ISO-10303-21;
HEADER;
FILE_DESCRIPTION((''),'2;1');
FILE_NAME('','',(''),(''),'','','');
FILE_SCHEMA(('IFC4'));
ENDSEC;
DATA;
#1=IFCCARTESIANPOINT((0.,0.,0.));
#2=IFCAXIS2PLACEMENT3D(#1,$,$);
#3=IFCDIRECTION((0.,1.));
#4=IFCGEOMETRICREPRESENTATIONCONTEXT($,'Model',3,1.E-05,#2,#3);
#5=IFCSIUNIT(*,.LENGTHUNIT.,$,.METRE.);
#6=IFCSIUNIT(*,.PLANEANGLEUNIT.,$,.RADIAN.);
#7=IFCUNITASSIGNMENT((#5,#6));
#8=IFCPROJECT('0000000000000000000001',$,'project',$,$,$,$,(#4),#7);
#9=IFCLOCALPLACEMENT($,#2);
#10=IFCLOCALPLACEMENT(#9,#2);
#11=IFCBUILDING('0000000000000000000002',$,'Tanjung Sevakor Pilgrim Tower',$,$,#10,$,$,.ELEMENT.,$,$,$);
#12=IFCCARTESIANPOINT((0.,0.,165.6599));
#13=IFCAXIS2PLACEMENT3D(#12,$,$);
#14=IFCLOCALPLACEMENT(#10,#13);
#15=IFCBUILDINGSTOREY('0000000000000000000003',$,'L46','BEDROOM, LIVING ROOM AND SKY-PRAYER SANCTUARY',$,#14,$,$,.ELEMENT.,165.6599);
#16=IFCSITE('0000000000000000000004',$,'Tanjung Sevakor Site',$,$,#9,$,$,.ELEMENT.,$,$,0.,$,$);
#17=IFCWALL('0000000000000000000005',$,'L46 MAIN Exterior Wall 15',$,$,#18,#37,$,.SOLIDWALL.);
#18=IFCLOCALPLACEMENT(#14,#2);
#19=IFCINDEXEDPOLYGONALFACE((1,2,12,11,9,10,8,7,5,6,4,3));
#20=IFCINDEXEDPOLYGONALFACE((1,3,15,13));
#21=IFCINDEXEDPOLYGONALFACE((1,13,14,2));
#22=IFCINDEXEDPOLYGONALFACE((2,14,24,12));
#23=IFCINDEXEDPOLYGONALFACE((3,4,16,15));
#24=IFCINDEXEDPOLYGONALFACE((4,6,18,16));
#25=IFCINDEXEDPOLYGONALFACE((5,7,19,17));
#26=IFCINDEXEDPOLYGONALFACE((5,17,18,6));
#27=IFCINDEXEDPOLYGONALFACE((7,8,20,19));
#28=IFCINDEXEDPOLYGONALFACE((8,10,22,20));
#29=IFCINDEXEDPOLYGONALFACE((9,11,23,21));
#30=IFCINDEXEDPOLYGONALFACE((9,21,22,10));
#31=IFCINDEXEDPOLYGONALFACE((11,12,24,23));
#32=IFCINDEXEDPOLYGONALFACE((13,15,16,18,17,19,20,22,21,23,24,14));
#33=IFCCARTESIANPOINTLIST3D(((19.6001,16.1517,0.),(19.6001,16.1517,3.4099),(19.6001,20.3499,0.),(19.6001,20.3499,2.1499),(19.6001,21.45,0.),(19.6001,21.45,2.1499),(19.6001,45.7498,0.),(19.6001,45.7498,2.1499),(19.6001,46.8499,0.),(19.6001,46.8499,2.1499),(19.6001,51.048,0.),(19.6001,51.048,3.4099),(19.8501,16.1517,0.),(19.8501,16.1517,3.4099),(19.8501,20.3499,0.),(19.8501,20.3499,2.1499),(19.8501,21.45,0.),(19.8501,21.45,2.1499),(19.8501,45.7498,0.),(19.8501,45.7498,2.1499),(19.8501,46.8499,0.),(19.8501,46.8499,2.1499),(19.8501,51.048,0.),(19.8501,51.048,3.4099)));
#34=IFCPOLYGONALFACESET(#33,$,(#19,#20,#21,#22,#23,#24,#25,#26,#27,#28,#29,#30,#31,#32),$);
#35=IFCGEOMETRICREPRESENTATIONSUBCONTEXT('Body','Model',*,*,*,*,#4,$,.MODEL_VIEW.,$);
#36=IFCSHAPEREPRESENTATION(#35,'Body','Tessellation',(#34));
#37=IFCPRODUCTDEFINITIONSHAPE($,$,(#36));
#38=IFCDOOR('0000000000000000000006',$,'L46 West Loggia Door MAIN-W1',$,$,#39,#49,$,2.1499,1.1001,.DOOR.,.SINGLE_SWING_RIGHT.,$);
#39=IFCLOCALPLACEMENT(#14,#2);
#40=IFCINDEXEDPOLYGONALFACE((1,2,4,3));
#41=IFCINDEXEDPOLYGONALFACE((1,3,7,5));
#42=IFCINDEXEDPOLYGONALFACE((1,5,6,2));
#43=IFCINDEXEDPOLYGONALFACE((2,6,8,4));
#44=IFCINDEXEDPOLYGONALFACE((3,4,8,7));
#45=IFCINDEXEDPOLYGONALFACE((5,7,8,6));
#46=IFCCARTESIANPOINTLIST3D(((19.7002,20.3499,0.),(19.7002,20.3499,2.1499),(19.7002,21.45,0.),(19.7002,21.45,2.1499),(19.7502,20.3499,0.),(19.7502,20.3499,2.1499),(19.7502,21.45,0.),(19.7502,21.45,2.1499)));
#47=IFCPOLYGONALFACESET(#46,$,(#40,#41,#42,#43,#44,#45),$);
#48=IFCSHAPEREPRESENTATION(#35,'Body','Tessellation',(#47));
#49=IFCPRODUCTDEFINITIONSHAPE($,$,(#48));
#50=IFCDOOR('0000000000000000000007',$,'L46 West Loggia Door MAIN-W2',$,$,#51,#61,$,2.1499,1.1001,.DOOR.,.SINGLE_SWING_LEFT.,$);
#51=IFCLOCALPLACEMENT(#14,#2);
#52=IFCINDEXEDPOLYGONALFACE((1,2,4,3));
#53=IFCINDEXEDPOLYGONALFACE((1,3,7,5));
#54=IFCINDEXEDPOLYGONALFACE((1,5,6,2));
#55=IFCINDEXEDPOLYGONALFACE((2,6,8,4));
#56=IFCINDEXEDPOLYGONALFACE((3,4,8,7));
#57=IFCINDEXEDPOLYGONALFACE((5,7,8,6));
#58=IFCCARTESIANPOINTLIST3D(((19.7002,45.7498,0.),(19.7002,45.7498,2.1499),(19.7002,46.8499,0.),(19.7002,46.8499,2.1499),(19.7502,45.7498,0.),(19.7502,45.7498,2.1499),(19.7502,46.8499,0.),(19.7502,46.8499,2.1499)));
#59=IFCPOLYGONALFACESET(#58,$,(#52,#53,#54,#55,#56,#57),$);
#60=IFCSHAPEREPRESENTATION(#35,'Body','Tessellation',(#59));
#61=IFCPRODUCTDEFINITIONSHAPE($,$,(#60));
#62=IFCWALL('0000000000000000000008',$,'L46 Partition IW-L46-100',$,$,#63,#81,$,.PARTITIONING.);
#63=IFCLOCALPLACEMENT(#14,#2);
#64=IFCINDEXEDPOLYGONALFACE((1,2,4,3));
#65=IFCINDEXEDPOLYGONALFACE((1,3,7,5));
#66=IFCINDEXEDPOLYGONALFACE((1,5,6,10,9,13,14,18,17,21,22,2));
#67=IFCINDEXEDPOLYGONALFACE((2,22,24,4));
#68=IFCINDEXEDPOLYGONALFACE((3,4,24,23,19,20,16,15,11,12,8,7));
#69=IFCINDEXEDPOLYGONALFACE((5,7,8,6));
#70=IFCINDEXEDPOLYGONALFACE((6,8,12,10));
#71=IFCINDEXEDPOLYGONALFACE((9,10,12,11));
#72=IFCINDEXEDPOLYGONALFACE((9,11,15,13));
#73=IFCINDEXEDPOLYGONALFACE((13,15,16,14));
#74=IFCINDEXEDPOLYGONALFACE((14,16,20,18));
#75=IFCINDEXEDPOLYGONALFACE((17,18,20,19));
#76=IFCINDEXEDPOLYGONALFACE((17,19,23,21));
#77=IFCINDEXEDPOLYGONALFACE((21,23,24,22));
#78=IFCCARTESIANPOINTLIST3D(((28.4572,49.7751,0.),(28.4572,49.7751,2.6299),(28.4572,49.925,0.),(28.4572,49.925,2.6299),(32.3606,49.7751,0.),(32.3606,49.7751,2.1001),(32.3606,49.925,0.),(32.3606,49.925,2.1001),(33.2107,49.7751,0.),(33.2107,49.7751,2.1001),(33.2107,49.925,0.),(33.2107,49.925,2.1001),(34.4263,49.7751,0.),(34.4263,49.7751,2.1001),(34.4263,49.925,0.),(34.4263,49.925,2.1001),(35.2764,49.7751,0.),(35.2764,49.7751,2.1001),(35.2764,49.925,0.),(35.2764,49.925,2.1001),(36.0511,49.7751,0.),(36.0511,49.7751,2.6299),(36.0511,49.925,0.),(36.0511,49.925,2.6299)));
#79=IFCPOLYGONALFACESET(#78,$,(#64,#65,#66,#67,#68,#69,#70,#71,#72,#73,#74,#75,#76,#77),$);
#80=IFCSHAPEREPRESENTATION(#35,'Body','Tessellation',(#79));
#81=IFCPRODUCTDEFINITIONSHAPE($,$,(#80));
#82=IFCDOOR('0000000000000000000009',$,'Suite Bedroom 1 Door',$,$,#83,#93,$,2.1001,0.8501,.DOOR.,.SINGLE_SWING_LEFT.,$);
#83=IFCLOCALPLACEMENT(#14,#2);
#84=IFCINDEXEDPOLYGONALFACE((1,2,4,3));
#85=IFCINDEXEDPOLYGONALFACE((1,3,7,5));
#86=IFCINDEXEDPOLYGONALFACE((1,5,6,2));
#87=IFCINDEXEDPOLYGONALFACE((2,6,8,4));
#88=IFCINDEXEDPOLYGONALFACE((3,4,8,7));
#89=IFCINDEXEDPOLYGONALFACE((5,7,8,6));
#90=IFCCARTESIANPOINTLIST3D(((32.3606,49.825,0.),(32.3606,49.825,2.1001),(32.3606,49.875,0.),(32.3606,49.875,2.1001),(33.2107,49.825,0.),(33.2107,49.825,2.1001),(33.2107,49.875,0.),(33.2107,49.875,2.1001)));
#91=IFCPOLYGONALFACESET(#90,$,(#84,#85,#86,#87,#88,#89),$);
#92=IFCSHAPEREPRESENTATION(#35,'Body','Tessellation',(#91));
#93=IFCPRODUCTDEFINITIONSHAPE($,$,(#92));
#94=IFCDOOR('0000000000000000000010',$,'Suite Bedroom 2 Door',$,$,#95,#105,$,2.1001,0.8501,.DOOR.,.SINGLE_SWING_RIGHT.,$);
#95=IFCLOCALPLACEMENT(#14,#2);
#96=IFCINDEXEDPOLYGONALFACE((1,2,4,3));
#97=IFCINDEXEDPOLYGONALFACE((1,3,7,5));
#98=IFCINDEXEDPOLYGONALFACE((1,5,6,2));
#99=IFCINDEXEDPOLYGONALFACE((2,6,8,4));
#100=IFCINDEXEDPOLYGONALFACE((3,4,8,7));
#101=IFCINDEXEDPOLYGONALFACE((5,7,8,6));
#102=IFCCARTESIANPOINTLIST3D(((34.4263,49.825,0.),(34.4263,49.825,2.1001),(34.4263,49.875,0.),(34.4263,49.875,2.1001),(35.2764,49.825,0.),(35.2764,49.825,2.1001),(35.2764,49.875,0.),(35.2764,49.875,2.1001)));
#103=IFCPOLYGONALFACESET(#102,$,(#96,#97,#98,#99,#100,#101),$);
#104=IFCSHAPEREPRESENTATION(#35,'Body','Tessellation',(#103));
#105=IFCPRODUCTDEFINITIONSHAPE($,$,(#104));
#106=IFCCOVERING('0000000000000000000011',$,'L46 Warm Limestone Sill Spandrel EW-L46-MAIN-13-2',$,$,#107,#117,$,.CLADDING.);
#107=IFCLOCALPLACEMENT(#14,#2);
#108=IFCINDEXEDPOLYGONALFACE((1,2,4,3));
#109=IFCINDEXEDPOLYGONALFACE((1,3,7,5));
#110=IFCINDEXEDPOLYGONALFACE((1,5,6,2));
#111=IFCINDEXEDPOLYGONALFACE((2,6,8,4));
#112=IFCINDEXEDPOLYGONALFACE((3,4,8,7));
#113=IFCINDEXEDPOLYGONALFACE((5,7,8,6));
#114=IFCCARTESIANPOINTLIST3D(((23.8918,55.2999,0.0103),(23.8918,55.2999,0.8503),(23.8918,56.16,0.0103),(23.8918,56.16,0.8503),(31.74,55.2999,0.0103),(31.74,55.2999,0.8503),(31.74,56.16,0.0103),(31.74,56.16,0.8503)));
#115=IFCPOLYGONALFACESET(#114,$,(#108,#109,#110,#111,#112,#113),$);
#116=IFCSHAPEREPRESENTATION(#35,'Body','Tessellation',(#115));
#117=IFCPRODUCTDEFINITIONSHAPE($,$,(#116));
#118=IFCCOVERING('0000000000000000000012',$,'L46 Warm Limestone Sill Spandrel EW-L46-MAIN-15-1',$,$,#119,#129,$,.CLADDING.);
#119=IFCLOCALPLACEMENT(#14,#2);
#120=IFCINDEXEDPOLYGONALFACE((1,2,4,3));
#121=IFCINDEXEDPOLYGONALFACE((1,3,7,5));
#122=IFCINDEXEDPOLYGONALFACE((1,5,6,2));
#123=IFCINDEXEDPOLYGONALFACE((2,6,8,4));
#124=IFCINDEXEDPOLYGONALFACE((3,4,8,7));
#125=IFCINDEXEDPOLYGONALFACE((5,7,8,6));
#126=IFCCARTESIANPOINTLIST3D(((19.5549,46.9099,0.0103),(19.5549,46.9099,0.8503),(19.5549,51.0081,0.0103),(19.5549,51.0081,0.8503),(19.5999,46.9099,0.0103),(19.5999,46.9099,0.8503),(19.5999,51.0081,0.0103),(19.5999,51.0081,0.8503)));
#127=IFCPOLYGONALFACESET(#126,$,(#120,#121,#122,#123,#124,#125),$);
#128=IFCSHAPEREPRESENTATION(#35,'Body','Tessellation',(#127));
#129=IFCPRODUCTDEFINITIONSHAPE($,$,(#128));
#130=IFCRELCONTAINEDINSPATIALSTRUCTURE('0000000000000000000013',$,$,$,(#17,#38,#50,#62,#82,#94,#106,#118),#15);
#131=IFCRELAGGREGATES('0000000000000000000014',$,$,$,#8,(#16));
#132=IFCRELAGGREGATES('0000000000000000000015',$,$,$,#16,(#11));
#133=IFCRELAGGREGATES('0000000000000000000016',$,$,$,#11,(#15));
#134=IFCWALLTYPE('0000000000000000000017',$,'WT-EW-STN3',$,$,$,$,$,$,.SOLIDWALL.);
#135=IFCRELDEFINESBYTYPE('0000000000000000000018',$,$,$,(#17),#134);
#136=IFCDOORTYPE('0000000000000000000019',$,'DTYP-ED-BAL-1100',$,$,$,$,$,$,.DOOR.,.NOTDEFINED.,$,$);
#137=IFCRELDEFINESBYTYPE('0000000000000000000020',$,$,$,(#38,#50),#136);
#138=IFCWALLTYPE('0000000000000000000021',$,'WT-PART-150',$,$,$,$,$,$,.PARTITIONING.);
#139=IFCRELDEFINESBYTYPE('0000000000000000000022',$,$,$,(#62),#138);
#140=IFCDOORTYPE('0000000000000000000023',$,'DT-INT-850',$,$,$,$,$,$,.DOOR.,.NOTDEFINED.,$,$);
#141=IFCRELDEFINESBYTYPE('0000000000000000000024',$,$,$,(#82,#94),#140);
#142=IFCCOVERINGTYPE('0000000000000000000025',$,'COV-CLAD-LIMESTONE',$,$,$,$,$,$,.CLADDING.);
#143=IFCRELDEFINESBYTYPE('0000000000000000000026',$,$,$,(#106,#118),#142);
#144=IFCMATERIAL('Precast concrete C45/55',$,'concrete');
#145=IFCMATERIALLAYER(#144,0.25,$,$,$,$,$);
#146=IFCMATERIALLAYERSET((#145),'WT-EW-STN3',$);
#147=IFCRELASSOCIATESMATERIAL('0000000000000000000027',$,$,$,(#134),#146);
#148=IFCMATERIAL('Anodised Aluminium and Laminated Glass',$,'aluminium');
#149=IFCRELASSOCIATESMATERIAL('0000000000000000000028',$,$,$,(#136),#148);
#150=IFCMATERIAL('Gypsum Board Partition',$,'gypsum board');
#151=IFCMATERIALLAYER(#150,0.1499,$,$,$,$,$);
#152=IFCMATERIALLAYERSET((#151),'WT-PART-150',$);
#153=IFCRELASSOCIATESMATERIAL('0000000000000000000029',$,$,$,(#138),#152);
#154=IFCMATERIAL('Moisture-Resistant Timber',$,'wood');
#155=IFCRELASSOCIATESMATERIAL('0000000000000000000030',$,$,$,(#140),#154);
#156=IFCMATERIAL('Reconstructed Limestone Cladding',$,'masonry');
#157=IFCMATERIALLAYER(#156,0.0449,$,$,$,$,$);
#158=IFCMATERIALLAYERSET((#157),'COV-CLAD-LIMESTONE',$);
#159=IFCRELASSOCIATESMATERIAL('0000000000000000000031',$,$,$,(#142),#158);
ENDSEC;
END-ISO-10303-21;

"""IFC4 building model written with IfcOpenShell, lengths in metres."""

from ifc_helpers import new_model, si_unit, direction, frame, frame_2d, origin, origin_2d, place, context, subcontext, project, spatial, rectangle, extrude, material, layer, layer_set, type_object, element, fill, save


model = new_model("IFC4")

# Units and contexts
model_context = context("Model", 3, precision=1e-05, world=origin(), true_north=direction((0.0, 1.0)))
body_context = subcontext(model_context, "Body", "Model", "MODEL_VIEW")
ifc_project = project(units=[si_unit("LENGTHUNIT", "METRE"), si_unit("PLANEANGLEUNIT", "RADIAN")], contexts=[model_context])

# Site, building, storey
site_placement = place(None, origin())
site = spatial("IfcSite", under=ifc_project, at=site_placement, Name="Tanjung Sevakor Site", CompositionType="ELEMENT", RefElevation=0.0)
building_placement = place(site_placement, origin())
building = spatial("IfcBuilding", under=site, at=building_placement, Name="Tanjung Sevakor Pilgrim Tower", CompositionType="ELEMENT")
storey_placement = place(building_placement, frame((0.0, 0.0, 165.6599)))
storey = spatial("IfcBuildingStorey", under=building, at=storey_placement, Name="L46", Description="BEDROOM, LIVING ROOM AND SKY-PRAYER SANCTUARY", CompositionType="ELEMENT", Elevation=165.6599)

# Walls, openings, doors
ifc_material_1 = material(Name="Precast concrete C45/55", Category="concrete")
ifc_layer_1 = layer(ifc_material_1, 0.25)
ifc_layer_set_1 = layer_set([ifc_layer_1], Name="WT-EW-STN3")
wall_type_1 = type_object("IfcWallType", Name="WT-EW-STN3", PredefinedType="SOLIDWALL", material=ifc_layer_set_1)
wall_1_placement = place(storey_placement, frame((19.7251, 51.0481, 0.0), z_axis=(0.0, 0.0, 1.0), x_axis=(0.0, -1.0, 0.0)))
wall_1 = element("IfcWall", 1, at=wall_1_placement, inside=storey, type_object=wall_type_1, Name="L46 MAIN Exterior Wall 15", PredefinedType="SOLIDWALL", context=body_context, shape_type="SweptSolid", body=[
    extrude(rectangle(XDim=34.8962, YDim=0.25, at=frame_2d((17.4482, 0.0))), origin(), (0.0, 0.0, 1.0), 3.4099),
])
opening_1_placement = place(wall_1_placement, frame((29.5981, 0.0, 0.0)))
opening_1 = element("IfcOpeningElement", 2, at=opening_1_placement, cuts=wall_1, PredefinedType="OPENING", context=body_context, shape_type="SweptSolid", body=[
    extrude(rectangle(XDim=1.1001, YDim=2.1499, at=frame_2d((0.55, 1.075))), frame((0.0, 0.135, 0.0), z_axis=(0.0, -1.0, 0.0), x_axis=(1.0, 0.0, 0.0)), (0.0, 0.0, 1.0), 0.27),
])
opening_2_placement = place(wall_1_placement, frame((4.1982, 0.0, 0.0)))
opening_2 = element("IfcOpeningElement", 3, at=opening_2_placement, cuts=wall_1, PredefinedType="OPENING", context=body_context, shape_type="SweptSolid", body=[
    extrude(rectangle(XDim=1.1001, YDim=2.1499, at=frame_2d((0.55, 1.075))), frame((0.0, 0.135, 0.0), z_axis=(0.0, -1.0, 0.0), x_axis=(1.0, 0.0, 0.0)), (0.0, 0.0, 1.0), 0.27),
])
ifc_material_2 = material(Name="Anodised Aluminium and Laminated Glass", Category="aluminium")
door_type_1 = type_object("IfcDoorType", Name="DTYP-ED-BAL-1100", OperationType="NOTDEFINED", PredefinedType="DOOR", material=ifc_material_2)
door_1_placement = place(opening_1_placement, frame((1.1001, 0.0, 0.0), z_axis=(0.0, 0.0, 1.0), x_axis=(-1.0, 0.0, 0.0)))
door_1 = element("IfcDoor", 4, at=door_1_placement, inside=storey, type_object=door_type_1, Name="L46 West Loggia Door MAIN-W1", OperationType="SINGLE_SWING_RIGHT", OverallHeight=2.1499, OverallWidth=1.1001, PredefinedType="DOOR", context=body_context, shape_type="SweptSolid", body=[
    extrude(rectangle(XDim=1.1001, YDim=2.1499, at=frame_2d((0.55, 1.075))), frame((0.0, 0.0249, 0.0), z_axis=(0.0, -1.0, 0.0), x_axis=(1.0, 0.0, 0.0)), (0.0, 0.0, 1.0), 0.05),
])
fill(opening_1, door_1)
door_2_placement = place(opening_2_placement, frame((1.1001, 0.0, 0.0), z_axis=(0.0, 0.0, 1.0), x_axis=(-1.0, 0.0, 0.0)))
door_2 = element("IfcDoor", 5, at=door_2_placement, inside=storey, type_object=door_type_1, Name="L46 West Loggia Door MAIN-W2", OperationType="SINGLE_SWING_LEFT", OverallHeight=2.1499, OverallWidth=1.1001, PredefinedType="DOOR", context=body_context, shape_type="SweptSolid", body=[
    extrude(rectangle(XDim=1.1001, YDim=2.1499, at=frame_2d((0.55, 1.075))), frame((0.0, 0.0249, 0.0), z_axis=(0.0, -1.0, 0.0), x_axis=(1.0, 0.0, 0.0)), (0.0, 0.0, 1.0), 0.05),
])
fill(opening_2, door_2)
ifc_material_3 = material(Name="Gypsum Board Partition", Category="gypsum board")
ifc_layer_2 = layer(ifc_material_3, 0.1499)
ifc_layer_set_2 = layer_set([ifc_layer_2], Name="WT-PART-150")
wall_type_2 = type_object("IfcWallType", Name="WT-PART-150", PredefinedType="PARTITIONING", material=ifc_layer_set_2)
wall_2_placement = place(storey_placement, frame((28.4573, 49.8501, 0.0), z_axis=(0.0, 0.0, 1.0), x_axis=(1.0, 0.0, 0.0)))
wall_2 = element("IfcWall", 6, at=wall_2_placement, inside=storey, type_object=wall_type_2, Name="L46 Partition IW-L46-100", PredefinedType="PARTITIONING", context=body_context, shape_type="SweptSolid", body=[
    extrude(rectangle(XDim=7.594, YDim=0.1499, at=frame_2d((3.7969, 0.0))), origin(), (0.0, 0.0, 1.0), 2.6299),
])
opening_3_placement = place(wall_2_placement, frame((3.9033, 0.0, 0.0)))
opening_3 = element("IfcOpeningElement", 7, at=opening_3_placement, cuts=wall_2, PredefinedType="OPENING", context=body_context, shape_type="SweptSolid", body=[
    extrude(rectangle(XDim=0.8501, YDim=2.1001, at=frame_2d((0.425, 1.05))), frame((0.0, 0.085, 0.0), z_axis=(0.0, -1.0, 0.0), x_axis=(1.0, 0.0, 0.0)), (0.0, 0.0, 1.0), 0.1699),
])
opening_4_placement = place(wall_2_placement, frame((5.969, 0.0, 0.0)))
opening_4 = element("IfcOpeningElement", 8, at=opening_4_placement, cuts=wall_2, PredefinedType="OPENING", context=body_context, shape_type="SweptSolid", body=[
    extrude(rectangle(XDim=0.8501, YDim=2.1001, at=frame_2d((0.425, 1.05))), frame((0.0, 0.085, 0.0), z_axis=(0.0, -1.0, 0.0), x_axis=(1.0, 0.0, 0.0)), (0.0, 0.0, 1.0), 0.1699),
])
ifc_material_4 = material(Name="Moisture-Resistant Timber", Category="wood")
door_type_2 = type_object("IfcDoorType", Name="DT-INT-850", OperationType="NOTDEFINED", PredefinedType="DOOR", material=ifc_material_4)
door_3_placement = place(opening_3_placement, origin())
door_3 = element("IfcDoor", 9, at=door_3_placement, inside=storey, type_object=door_type_2, Name="Suite Bedroom 1 Door", OperationType="SINGLE_SWING_LEFT", OverallHeight=2.1001, OverallWidth=0.8501, PredefinedType="DOOR", context=body_context, shape_type="SweptSolid", body=[
    extrude(rectangle(XDim=0.8501, YDim=2.1001, at=frame_2d((0.425, 1.05))), frame((0.0, 0.0249, 0.0), z_axis=(0.0, -1.0, 0.0), x_axis=(1.0, 0.0, 0.0)), (0.0, 0.0, 1.0), 0.05),
])
fill(opening_3, door_3)
door_4_placement = place(opening_4_placement, origin())
door_4 = element("IfcDoor", 10, at=door_4_placement, inside=storey, type_object=door_type_2, Name="Suite Bedroom 2 Door", OperationType="SINGLE_SWING_RIGHT", OverallHeight=2.1001, OverallWidth=0.8501, PredefinedType="DOOR", context=body_context, shape_type="SweptSolid", body=[
    extrude(rectangle(XDim=0.8501, YDim=2.1001, at=frame_2d((0.425, 1.05))), frame((0.0, 0.0249, 0.0), z_axis=(0.0, -1.0, 0.0), x_axis=(1.0, 0.0, 0.0)), (0.0, 0.0, 1.0), 0.05),
])
fill(opening_4, door_4)

# Coverings
ifc_material_5 = material(Name="Reconstructed Limestone Cladding", Category="masonry")
ifc_layer_3 = layer(ifc_material_5, 0.0449)
ifc_layer_set_3 = layer_set([ifc_layer_3], Name="COV-CLAD-LIMESTONE")
covering_type = type_object("IfcCoveringType", Name="COV-CLAD-LIMESTONE", PredefinedType="CLADDING", material=ifc_layer_set_3)
covering_1_placement = place(storey_placement, frame((27.8159, 55.73, 0.0103), z_axis=(0.0, 0.0, 1.0), x_axis=(-1.0, 0.0, 0.0)))
element("IfcCovering", 11, at=covering_1_placement, inside=storey, type_object=covering_type, Name="L46 Warm Limestone Sill Spandrel EW-L46-MAIN-13-2", PredefinedType="CLADDING", context=body_context, shape_type="SweptSolid", body=[
    extrude(rectangle(XDim=7.8481, YDim=0.8601, at=origin_2d()), origin(), (0.0, 0.0, 1.0), 0.8401),
])
covering_2_placement = place(storey_placement, frame((19.5774, 48.959, 0.0103), z_axis=(0.0, 0.0, 1.0), x_axis=(0.0, -1.0, 0.0)))
element("IfcCovering", 12, at=covering_2_placement, inside=storey, type_object=covering_type, Name="L46 Warm Limestone Sill Spandrel EW-L46-MAIN-15-1", PredefinedType="CLADDING", context=body_context, shape_type="SweptSolid", body=[
    extrude(rectangle(XDim=4.0981, YDim=0.0449, at=origin_2d()), origin(), (0.0, 0.0, 1.0), 0.8401),
])

save(model, "model.ifc")
